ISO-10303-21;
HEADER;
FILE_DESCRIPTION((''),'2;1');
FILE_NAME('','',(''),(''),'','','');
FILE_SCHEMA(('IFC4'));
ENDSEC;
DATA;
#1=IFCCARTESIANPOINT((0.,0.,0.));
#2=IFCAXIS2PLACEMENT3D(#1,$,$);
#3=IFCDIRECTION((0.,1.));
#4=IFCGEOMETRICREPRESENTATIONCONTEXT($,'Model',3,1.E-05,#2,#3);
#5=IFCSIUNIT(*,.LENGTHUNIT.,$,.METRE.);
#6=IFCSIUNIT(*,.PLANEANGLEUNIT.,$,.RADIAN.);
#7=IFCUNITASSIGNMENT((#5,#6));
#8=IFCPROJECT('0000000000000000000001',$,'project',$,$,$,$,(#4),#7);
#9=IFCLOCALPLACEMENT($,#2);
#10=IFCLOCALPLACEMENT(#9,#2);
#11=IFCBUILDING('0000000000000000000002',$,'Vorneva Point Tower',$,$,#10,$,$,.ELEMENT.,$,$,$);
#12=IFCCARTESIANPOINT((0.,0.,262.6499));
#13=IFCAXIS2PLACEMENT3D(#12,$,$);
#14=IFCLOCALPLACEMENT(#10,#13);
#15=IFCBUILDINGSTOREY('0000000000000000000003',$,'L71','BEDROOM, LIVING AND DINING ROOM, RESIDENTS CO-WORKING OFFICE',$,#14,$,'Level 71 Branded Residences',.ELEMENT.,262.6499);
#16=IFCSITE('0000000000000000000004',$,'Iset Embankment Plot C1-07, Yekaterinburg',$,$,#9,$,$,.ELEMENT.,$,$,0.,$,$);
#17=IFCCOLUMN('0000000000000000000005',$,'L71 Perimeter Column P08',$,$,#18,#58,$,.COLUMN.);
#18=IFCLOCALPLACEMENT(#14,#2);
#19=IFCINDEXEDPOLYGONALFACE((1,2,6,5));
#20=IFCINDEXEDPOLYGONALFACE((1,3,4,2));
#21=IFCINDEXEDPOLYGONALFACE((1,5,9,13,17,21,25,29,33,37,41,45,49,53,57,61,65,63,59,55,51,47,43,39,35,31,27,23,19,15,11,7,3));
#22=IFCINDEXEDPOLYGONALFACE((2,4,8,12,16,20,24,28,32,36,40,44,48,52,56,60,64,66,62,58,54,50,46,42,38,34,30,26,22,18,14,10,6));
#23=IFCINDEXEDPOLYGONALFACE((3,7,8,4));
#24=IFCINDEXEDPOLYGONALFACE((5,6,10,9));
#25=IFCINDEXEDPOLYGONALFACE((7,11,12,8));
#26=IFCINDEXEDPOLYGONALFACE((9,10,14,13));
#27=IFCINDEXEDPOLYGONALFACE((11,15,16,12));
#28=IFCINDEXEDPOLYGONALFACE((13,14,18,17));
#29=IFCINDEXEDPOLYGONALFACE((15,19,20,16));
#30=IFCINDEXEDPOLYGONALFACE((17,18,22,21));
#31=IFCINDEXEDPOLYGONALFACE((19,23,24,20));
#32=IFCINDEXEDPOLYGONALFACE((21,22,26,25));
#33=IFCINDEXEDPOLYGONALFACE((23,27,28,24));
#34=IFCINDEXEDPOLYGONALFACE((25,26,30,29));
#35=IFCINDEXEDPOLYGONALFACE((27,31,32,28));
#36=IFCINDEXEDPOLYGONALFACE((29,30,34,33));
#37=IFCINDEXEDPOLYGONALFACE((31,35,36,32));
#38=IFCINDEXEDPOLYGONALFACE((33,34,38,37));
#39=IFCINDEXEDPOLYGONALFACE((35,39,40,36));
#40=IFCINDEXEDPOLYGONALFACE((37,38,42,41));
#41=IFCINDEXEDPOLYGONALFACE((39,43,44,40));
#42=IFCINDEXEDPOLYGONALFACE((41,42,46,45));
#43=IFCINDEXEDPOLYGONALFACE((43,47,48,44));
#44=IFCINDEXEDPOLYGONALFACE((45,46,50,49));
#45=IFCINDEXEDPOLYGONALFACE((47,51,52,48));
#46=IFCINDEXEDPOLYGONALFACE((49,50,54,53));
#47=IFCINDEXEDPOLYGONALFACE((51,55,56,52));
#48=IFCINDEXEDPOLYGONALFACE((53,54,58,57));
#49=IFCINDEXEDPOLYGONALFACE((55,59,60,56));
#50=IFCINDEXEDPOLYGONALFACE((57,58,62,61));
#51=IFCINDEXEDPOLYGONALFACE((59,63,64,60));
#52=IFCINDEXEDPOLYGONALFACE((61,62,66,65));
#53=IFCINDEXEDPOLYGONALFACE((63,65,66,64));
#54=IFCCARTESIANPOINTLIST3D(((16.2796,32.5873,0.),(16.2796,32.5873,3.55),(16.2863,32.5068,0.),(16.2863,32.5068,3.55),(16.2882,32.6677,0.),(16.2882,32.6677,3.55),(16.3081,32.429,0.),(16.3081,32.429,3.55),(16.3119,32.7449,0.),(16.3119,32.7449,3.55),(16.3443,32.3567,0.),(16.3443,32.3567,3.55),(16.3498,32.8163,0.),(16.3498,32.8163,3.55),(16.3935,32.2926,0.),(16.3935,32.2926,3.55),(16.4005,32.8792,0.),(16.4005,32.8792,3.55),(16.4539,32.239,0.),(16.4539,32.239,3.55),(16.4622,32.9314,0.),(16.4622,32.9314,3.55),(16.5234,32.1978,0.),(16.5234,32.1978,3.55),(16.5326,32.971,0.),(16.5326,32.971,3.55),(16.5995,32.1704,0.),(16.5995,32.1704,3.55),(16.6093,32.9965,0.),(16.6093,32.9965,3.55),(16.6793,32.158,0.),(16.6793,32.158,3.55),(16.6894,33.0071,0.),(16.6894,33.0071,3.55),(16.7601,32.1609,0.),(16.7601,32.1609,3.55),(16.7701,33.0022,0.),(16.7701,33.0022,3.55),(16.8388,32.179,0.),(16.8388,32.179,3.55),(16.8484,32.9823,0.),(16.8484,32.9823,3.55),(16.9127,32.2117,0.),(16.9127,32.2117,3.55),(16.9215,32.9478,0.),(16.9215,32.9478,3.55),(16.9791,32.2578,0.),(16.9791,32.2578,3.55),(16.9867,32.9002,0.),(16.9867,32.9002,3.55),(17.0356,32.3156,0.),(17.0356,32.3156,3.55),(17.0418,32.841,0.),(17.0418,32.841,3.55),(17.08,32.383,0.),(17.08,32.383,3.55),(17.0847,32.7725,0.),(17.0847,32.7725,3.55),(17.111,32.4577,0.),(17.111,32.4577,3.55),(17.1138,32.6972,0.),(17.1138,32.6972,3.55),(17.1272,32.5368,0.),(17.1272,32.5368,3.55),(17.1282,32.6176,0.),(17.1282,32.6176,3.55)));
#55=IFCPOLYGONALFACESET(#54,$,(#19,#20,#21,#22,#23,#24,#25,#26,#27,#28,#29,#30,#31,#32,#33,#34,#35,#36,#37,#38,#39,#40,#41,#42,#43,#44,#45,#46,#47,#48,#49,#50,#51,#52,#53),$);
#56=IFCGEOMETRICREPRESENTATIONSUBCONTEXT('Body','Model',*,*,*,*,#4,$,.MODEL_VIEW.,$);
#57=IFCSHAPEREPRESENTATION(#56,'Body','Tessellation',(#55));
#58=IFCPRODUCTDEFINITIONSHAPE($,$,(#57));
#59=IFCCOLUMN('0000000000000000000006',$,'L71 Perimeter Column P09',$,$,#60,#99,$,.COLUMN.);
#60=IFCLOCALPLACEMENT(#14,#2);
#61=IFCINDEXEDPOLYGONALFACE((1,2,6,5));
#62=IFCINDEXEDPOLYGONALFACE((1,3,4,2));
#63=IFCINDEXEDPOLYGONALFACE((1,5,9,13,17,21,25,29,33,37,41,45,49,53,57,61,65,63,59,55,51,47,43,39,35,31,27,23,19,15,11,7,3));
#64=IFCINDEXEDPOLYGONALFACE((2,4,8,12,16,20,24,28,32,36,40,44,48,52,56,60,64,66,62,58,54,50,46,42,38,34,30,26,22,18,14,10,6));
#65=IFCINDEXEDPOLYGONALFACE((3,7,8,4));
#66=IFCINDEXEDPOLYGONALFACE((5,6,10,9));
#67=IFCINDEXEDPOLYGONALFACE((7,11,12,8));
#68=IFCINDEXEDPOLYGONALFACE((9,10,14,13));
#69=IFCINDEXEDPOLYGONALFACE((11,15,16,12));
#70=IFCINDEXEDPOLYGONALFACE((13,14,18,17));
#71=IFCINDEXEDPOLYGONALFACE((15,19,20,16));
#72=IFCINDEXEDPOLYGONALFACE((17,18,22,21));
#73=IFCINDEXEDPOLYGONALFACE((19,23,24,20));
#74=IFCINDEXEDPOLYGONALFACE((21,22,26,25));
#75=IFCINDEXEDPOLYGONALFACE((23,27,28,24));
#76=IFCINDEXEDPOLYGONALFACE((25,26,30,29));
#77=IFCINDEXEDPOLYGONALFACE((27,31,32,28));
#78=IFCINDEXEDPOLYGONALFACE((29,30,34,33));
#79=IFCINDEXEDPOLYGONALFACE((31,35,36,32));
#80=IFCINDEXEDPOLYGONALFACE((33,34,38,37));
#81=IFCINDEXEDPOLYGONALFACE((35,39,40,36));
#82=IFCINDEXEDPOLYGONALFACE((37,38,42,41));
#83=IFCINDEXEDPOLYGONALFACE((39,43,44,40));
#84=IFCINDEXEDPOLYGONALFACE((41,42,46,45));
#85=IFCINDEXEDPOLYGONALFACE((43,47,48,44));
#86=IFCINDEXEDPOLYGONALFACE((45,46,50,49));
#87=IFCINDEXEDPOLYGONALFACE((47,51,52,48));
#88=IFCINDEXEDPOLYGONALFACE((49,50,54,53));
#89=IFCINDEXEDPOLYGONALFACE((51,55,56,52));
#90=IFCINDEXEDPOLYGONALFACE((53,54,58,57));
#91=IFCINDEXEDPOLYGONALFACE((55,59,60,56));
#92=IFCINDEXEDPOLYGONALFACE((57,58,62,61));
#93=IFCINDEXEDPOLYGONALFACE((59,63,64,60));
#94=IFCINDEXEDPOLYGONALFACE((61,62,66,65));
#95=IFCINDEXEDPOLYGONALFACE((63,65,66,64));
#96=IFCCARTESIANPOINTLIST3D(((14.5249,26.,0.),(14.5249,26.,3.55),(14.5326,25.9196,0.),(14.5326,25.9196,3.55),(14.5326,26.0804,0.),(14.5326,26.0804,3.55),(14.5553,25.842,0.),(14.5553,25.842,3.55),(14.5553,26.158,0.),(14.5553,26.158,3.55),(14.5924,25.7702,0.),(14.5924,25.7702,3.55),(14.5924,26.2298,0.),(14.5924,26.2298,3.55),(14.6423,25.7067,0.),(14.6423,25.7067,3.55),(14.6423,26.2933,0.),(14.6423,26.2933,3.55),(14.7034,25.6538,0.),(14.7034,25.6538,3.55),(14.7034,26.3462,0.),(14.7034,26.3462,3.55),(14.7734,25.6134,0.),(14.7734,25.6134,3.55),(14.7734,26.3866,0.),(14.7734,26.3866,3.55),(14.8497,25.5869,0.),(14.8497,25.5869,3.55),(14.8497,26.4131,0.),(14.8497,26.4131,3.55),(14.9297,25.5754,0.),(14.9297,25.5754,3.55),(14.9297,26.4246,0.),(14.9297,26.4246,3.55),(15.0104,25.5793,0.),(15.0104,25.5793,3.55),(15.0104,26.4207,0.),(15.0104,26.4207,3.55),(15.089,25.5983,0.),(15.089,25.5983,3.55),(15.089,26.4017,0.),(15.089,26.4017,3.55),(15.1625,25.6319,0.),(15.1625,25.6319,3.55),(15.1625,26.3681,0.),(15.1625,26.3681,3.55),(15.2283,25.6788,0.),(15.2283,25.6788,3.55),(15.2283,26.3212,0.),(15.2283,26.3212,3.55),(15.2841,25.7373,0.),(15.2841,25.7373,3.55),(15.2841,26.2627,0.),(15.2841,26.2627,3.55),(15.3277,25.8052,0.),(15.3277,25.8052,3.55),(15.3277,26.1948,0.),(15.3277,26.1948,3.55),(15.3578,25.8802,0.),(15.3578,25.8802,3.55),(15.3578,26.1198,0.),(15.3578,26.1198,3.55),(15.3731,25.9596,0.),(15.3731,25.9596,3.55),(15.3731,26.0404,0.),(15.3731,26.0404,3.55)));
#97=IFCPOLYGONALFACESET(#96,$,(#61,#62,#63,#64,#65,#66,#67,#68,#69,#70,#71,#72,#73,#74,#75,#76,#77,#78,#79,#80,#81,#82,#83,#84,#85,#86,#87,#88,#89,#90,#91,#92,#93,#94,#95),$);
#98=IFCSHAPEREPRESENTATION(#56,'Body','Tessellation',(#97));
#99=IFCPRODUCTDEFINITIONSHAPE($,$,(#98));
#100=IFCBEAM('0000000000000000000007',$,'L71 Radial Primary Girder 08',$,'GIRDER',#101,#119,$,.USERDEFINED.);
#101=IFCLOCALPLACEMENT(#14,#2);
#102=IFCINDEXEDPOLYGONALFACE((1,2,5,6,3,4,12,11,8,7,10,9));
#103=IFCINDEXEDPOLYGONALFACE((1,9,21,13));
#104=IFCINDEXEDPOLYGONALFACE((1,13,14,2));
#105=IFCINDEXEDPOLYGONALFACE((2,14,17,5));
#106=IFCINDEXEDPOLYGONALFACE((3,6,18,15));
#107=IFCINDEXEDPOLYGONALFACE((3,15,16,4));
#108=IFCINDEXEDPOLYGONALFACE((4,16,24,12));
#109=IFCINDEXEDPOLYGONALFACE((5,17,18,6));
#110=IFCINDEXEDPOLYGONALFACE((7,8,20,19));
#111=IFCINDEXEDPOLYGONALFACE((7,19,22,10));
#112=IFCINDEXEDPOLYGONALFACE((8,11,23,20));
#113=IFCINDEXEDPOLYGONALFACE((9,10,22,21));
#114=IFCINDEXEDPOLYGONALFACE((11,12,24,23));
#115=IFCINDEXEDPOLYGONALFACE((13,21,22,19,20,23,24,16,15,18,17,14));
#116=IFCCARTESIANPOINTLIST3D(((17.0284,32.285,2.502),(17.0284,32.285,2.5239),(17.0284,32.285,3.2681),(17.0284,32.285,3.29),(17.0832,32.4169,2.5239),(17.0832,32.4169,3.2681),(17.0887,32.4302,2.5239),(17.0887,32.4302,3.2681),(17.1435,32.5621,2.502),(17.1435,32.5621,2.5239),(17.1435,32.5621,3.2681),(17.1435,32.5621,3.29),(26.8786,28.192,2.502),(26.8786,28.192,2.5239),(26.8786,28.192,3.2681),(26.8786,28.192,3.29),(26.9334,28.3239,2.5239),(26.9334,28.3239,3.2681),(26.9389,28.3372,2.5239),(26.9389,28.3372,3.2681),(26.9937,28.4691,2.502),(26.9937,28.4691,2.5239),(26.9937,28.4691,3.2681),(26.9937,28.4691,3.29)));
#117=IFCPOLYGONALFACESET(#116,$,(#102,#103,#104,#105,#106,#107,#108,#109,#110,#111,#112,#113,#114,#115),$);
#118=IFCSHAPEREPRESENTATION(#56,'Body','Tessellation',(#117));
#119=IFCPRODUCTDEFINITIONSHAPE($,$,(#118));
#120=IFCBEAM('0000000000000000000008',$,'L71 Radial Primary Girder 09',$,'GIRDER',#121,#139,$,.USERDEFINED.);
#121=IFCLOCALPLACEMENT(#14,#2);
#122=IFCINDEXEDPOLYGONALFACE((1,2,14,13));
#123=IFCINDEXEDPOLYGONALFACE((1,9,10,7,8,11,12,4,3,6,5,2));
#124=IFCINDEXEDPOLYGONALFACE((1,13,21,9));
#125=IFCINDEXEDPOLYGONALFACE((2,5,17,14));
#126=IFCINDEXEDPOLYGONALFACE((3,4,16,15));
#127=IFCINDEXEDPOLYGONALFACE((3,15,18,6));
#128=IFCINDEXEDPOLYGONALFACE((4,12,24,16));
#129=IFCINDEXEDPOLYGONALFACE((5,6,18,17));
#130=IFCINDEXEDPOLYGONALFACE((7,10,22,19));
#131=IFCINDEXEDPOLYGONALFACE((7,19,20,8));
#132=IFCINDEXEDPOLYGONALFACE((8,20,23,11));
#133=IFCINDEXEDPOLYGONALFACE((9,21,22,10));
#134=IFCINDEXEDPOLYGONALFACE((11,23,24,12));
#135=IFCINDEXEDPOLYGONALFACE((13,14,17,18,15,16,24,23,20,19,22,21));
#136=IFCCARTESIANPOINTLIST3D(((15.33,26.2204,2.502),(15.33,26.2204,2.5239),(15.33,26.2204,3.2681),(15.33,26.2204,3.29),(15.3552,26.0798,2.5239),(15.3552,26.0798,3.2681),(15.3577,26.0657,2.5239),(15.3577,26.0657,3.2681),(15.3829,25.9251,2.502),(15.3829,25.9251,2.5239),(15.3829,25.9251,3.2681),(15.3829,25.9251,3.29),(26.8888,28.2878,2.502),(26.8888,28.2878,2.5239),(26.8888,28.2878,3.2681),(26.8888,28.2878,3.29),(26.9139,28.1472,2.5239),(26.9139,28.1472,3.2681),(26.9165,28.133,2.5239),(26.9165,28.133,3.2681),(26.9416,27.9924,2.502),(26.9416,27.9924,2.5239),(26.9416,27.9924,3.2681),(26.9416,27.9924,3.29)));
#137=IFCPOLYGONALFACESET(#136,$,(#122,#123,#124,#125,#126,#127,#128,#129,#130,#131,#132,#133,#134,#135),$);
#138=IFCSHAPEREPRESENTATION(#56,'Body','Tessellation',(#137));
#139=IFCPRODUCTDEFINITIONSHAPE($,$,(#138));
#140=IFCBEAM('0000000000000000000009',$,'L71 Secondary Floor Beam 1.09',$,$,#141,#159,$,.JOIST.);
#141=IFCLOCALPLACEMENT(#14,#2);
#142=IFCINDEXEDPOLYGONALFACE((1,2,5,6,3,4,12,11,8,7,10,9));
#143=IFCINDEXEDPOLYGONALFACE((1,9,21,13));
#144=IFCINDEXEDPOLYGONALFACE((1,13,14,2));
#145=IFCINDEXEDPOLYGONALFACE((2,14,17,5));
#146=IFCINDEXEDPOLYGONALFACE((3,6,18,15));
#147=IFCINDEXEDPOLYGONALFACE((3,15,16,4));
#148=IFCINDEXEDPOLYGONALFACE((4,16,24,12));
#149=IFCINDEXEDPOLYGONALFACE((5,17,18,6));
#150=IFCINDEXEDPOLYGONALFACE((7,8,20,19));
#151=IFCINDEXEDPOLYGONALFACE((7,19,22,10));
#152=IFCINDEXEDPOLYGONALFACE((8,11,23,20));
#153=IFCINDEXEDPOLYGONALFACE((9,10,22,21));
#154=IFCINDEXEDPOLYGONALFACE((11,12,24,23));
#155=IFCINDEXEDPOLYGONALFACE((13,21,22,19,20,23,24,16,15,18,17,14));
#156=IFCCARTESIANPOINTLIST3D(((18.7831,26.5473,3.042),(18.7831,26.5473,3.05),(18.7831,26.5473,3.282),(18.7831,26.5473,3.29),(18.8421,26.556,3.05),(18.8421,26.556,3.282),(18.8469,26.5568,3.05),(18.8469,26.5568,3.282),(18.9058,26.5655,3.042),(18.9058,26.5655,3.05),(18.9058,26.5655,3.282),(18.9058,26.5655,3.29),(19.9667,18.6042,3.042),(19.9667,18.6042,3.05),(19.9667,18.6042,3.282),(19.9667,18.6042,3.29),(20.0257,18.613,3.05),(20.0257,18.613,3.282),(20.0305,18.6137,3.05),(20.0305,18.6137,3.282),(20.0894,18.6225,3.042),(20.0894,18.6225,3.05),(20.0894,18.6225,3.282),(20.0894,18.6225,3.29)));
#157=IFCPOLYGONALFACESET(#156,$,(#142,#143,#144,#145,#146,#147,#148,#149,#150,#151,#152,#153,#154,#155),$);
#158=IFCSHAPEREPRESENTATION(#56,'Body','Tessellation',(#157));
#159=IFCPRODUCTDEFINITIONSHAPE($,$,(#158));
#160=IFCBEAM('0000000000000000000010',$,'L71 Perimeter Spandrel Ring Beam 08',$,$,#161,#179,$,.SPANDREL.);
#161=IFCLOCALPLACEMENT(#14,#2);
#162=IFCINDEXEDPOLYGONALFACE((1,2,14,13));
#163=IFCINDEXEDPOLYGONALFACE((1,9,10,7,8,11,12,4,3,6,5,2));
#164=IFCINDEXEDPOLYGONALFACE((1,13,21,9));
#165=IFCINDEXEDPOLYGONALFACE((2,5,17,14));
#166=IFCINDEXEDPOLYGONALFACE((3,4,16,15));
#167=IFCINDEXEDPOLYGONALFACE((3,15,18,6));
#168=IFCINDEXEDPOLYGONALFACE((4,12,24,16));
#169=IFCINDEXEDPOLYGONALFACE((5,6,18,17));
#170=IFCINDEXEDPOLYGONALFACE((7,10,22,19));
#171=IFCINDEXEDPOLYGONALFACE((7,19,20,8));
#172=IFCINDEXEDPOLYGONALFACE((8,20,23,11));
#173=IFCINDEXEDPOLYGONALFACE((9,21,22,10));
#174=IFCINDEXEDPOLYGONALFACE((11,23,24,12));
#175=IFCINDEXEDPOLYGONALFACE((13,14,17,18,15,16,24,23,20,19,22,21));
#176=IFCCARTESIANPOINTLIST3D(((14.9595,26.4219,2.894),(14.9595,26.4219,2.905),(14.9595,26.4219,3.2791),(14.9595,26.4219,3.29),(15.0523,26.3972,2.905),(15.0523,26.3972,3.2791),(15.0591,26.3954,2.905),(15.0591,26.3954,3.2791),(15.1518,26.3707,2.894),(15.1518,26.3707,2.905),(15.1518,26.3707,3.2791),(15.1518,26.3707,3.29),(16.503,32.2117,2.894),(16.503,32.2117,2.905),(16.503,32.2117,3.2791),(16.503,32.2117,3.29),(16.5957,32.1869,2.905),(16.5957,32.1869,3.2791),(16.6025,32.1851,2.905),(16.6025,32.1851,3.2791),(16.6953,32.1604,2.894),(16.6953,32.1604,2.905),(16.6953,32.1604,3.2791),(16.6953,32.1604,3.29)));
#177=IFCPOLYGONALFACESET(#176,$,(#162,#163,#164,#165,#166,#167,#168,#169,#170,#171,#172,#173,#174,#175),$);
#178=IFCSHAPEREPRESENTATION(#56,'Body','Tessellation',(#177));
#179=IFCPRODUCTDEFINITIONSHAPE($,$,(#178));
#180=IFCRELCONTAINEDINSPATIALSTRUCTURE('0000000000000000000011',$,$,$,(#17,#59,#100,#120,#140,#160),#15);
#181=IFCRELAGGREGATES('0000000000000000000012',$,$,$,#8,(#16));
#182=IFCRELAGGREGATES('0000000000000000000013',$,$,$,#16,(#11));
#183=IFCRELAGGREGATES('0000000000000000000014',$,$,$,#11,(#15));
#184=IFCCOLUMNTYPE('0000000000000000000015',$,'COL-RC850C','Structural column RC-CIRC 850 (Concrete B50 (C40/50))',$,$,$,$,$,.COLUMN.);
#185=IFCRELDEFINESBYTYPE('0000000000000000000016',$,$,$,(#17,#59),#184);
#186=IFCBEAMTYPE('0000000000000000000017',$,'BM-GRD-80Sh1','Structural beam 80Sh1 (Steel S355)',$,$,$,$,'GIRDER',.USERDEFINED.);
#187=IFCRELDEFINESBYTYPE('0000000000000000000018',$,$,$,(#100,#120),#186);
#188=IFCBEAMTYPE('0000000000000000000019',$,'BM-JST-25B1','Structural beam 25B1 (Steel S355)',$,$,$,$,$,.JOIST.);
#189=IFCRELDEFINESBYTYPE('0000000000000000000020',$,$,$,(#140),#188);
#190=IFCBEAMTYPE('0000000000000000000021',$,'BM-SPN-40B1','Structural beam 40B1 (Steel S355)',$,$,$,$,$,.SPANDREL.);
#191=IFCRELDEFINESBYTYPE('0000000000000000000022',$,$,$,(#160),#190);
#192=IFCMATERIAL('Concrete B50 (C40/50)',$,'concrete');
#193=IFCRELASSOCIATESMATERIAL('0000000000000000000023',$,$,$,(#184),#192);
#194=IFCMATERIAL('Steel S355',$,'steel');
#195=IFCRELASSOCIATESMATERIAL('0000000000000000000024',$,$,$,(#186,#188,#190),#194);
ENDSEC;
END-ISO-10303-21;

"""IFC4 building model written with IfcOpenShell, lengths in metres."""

from ifc_helpers import new_model, si_unit, direction, frame, origin, origin_2d, place, context, subcontext, project, spatial, circle, i_section, extrude, material, material_profile, profile_set, type_object, element, save


model = new_model("IFC4")

# Units and contexts
model_context = context("Model", 3, precision=1e-05, world=origin(), true_north=direction((0.0, 1.0)))
body_context = subcontext(model_context, "Body", "Model", "MODEL_VIEW")
ifc_project = project(units=[si_unit("LENGTHUNIT", "METRE"), si_unit("PLANEANGLEUNIT", "RADIAN")], contexts=[model_context])

# Site, building, storey
site_placement = place(None, origin())
site = spatial("IfcSite", under=ifc_project, at=site_placement, Name="Iset Embankment Plot C1-07, Yekaterinburg", CompositionType="ELEMENT", RefElevation=0.0)
building_placement = place(site_placement, origin())
building = spatial("IfcBuilding", under=site, at=building_placement, Name="Vorneva Point Tower", CompositionType="ELEMENT")
storey_placement = place(building_placement, frame((0.0, 0.0, 262.6499)))
storey = spatial("IfcBuildingStorey", under=building, at=storey_placement, Name="L71", Description="BEDROOM, LIVING AND DINING ROOM, RESIDENTS CO-WORKING OFFICE", LongName="Level 71 Branded Residences", CompositionType="ELEMENT", Elevation=262.6499)

# Columns
ifc_material_1 = material(Name="Concrete B50 (C40/50)", Category="concrete")
ifc_material_profile_1 = material_profile(ifc_material_1, circle(Radius=0.425, at=origin_2d()), Name="RC-CIRC 850")
ifc_profile_set_1 = profile_set([ifc_material_profile_1], Name="Concrete B50 (C40/50)")
column_type = type_object("IfcColumnType", Name="COL-RC850C", Description="Structural column RC-CIRC 850 (Concrete B50 (C40/50))", PredefinedType="COLUMN", material=ifc_profile_set_1)
for number, where, z_axis, x_axis, name in (
    (1, (16.7046, 32.5823, 0.0), (0.0, 0.0, 1.0), (-0.92388, 0.382683, 0.0), "L71 Perimeter Column P08"),
    (2, (14.95, 26.0, 0.0), (0.0, 0.0, 1.0), (-1.0, 0.0, 0.0), "L71 Perimeter Column P09"),
):
    element("IfcColumn", number, at=place(storey_placement, frame(where, z_axis=z_axis, x_axis=x_axis)), inside=storey, type_object=column_type, Name=name, PredefinedType="COLUMN", context=body_context, shape_type="SweptSolid", body=[
        extrude(circle(Radius=0.425, at=origin_2d()), origin(), (0.0, 0.0, 1.0), 3.55),
    ])

# Beams
ifc_material_2 = material(Name="Steel S355", Category="steel")
ifc_material_profile_2 = material_profile(ifc_material_2, i_section(OverallWidth=0.3, OverallDepth=0.7881, WebThickness=0.0144, FlangeThickness=0.022, at=origin_2d()), Name="80Sh1")
ifc_profile_set_2 = profile_set([ifc_material_profile_2], Name="Steel S355")
beam_type_1 = type_object("IfcBeamType", Name="BM-GRD-80Sh1", Description="Structural beam 80Sh1 (Steel S355)", ElementType="GIRDER", PredefinedType="USERDEFINED", material=ifc_profile_set_2)
beam_1_placement = place(storey_placement, frame((17.0859, 32.4236, 2.896), z_axis=(0.923449, -0.383721, 0.0), x_axis=(0.383721, 0.923449, 0.0)))
element("IfcBeam", 3, at=beam_1_placement, inside=storey, type_object=beam_type_1, Name="L71 Radial Primary Girder 08", ObjectType="GIRDER", PredefinedType="USERDEFINED", context=body_context, shape_type="SweptSolid", body=[
    extrude(i_section(OverallWidth=0.3, OverallDepth=0.7881, WebThickness=0.0144, FlangeThickness=0.022, at=origin_2d()), origin(), (0.0, 0.0, 1.0), 10.6667),
])
beam_2_placement = place(storey_placement, frame((15.3564, 26.0728, 2.896), z_axis=(0.984379, 0.176063, 0.0), x_axis=(-0.176063, 0.984379, 0.0)))
element("IfcBeam", 4, at=beam_2_placement, inside=storey, type_object=beam_type_1, Name="L71 Radial Primary Girder 09", ObjectType="GIRDER", PredefinedType="USERDEFINED", context=body_context, shape_type="SweptSolid", body=[
    extrude(i_section(OverallWidth=0.3, OverallDepth=0.7881, WebThickness=0.0144, FlangeThickness=0.022, at=origin_2d()), origin(), (0.0, 0.0, 1.0), 11.7422),
])
ifc_material_profile_3 = material_profile(ifc_material_2, i_section(OverallWidth=0.124, OverallDepth=0.248, WebThickness=0.0049, FlangeThickness=0.0081, at=origin_2d()), Name="25B1")
ifc_profile_set_3 = profile_set([ifc_material_profile_3], Name="Steel S355")
beam_type_2 = type_object("IfcBeamType", Name="BM-JST-25B1", Description="Structural beam 25B1 (Steel S355)", PredefinedType="JOIST", material=ifc_profile_set_3)
beam_3_placement = place(storey_placement, frame((18.8445, 26.5564, 3.166), z_axis=(0.147382, -0.98908, 0.0), x_axis=(0.98908, 0.147382, 0.0)))
element("IfcBeam", 5, at=beam_3_placement, inside=storey, type_object=beam_type_2, Name="L71 Secondary Floor Beam 1.09", PredefinedType="JOIST", context=body_context, shape_type="SweptSolid", body=[
    extrude(i_section(OverallWidth=0.124, OverallDepth=0.248, WebThickness=0.0049, FlangeThickness=0.0081, at=origin_2d()), origin(), (0.0, 0.0, 1.0), 8.0308),
])
ifc_material_profile_4 = material_profile(ifc_material_2, i_section(OverallWidth=0.199, OverallDepth=0.396, WebThickness=0.0071, FlangeThickness=0.011, at=origin_2d()), Name="40B1")
ifc_profile_set_4 = profile_set([ifc_material_profile_4], Name="Steel S355")
beam_type_3 = type_object("IfcBeamType", Name="BM-SPN-40B1", Description="Structural beam 40B1 (Steel S355)", PredefinedType="SPANDREL", material=ifc_profile_set_4)
beam_4_placement = place(storey_placement, frame((16.5991, 32.186, 3.092), z_axis=(-0.257587, -0.966255, 0.0), x_axis=(0.966255, -0.257587, 0.0)))
element("IfcBeam", 6, at=beam_4_placement, inside=storey, type_object=beam_type_3, Name="L71 Perimeter Spandrel Ring Beam 08", PredefinedType="SPANDREL", context=body_context, shape_type="SweptSolid", body=[
    extrude(i_section(OverallWidth=0.199, OverallDepth=0.396, WebThickness=0.0071, FlangeThickness=0.011, at=origin_2d()), origin(), (0.0, 0.0, 1.0), 5.9919),
])

save(model, "model.ifc")
